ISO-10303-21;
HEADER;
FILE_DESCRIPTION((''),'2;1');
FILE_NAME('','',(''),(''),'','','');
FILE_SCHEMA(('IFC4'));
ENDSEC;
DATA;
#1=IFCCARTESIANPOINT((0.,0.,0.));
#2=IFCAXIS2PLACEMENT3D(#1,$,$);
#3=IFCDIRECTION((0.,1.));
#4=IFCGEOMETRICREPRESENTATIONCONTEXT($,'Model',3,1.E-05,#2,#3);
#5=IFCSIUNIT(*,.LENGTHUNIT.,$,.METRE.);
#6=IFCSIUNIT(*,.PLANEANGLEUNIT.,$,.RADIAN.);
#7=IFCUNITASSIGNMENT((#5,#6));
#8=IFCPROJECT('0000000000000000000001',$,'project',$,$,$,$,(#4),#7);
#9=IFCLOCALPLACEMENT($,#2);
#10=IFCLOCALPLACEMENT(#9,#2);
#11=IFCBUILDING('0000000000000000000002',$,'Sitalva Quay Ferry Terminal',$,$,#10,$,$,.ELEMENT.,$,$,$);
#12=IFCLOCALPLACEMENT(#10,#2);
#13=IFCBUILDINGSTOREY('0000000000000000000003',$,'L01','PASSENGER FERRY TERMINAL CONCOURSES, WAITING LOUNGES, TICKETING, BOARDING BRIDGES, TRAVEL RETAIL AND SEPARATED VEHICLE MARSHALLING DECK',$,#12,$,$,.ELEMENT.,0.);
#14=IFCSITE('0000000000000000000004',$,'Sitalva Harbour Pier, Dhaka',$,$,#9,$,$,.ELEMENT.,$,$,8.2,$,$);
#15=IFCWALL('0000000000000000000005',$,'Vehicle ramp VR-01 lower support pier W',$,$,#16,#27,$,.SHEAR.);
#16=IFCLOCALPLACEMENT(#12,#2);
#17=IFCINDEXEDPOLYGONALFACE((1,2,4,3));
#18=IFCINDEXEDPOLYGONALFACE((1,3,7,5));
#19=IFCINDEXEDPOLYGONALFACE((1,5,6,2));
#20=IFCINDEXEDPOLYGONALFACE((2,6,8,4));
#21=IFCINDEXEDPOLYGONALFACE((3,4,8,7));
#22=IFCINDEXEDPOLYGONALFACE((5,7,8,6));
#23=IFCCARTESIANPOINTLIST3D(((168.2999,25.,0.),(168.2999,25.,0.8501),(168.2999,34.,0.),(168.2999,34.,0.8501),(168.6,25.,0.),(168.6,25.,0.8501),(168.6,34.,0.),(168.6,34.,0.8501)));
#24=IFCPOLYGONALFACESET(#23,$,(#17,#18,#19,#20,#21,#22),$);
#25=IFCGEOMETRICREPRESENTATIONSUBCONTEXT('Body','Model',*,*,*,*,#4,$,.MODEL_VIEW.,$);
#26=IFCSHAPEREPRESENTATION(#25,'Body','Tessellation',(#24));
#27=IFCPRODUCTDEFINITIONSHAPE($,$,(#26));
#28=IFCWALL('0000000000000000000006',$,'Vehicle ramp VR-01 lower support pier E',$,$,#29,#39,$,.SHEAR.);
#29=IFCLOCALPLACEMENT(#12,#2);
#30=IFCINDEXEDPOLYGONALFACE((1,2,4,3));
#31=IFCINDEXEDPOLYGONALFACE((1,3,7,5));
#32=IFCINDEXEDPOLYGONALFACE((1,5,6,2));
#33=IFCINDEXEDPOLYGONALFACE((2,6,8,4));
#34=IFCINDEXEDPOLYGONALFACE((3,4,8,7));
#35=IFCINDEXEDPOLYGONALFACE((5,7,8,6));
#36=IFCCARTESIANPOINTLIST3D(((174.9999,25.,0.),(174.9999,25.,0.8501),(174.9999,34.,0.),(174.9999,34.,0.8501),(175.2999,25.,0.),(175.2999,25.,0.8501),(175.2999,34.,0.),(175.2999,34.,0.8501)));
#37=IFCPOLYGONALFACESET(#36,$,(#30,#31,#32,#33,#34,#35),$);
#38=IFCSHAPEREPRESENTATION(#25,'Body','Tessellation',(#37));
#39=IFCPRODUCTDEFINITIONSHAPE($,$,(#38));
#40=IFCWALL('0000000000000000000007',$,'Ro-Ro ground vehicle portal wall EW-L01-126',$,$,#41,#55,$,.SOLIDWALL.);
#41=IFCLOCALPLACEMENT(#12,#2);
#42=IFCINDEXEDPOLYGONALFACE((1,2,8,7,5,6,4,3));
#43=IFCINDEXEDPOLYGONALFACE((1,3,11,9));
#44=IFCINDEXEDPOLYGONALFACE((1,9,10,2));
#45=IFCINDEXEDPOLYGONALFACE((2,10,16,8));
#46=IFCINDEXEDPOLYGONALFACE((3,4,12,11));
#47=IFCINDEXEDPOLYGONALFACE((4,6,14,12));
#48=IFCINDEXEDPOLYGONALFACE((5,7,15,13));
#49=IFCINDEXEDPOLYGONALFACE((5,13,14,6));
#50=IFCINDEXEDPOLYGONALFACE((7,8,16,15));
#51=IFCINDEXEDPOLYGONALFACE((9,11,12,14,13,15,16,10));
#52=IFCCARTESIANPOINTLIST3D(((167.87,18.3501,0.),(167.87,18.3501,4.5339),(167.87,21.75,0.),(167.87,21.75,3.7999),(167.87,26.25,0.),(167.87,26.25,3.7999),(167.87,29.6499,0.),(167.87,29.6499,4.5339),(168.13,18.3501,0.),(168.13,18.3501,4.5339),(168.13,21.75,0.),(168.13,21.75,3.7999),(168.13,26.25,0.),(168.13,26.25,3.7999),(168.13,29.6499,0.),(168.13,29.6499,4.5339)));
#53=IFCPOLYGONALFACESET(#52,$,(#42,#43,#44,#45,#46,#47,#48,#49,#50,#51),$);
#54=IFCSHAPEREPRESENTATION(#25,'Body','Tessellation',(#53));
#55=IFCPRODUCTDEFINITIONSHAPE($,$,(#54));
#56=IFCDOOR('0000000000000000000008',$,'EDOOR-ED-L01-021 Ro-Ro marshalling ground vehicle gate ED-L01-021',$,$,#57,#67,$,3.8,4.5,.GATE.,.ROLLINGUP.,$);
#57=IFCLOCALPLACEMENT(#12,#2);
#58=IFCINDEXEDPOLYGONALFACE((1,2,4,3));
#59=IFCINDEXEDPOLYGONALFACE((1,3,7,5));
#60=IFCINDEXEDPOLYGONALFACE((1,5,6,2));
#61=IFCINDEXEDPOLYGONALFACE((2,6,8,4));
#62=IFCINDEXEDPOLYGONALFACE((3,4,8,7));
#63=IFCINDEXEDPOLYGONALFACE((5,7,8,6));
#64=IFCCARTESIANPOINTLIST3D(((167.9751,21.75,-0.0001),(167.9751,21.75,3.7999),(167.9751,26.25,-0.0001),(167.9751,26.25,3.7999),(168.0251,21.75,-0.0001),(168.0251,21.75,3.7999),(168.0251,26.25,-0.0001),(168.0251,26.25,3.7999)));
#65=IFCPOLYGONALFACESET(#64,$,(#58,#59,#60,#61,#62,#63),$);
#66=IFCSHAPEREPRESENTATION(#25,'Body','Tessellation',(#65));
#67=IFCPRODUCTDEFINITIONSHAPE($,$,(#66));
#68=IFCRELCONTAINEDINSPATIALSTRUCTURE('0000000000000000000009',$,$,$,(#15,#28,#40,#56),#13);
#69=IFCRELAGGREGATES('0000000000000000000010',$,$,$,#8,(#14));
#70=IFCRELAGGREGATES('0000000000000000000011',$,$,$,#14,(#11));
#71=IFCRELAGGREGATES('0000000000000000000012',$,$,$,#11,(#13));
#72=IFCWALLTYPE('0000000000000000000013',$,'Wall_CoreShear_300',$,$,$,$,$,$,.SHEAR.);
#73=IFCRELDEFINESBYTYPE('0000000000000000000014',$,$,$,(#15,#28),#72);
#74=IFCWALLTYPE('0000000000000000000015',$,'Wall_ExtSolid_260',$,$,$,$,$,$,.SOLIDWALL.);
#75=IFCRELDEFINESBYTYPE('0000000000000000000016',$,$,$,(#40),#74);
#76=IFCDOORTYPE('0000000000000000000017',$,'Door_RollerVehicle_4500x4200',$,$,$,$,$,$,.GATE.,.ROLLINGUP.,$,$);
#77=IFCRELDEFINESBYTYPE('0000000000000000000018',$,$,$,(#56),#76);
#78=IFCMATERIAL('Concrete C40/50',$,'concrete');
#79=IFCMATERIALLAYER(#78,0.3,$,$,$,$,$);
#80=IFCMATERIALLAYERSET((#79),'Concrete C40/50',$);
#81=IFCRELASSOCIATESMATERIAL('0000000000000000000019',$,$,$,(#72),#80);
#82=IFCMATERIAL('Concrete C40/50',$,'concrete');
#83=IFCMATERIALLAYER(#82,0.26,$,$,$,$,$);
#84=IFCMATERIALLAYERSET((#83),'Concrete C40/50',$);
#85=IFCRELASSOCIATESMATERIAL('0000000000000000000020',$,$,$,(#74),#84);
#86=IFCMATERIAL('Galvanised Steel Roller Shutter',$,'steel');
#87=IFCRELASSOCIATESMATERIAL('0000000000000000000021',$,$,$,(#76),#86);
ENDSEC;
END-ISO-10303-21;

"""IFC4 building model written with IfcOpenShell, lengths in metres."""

from ifc_helpers import new_model, si_unit, direction, frame, frame_2d, origin, place, context, subcontext, project, spatial, rectangle, extrude, material, layer, layer_set, type_object, element, fill, save


model = new_model("IFC4")

# Units and contexts
model_context = context("Model", 3, precision=1e-05, world=origin(), true_north=direction((0.0, 1.0)))
body_context = subcontext(model_context, "Body", "Model", "MODEL_VIEW")
ifc_project = project(units=[si_unit("LENGTHUNIT", "METRE"), si_unit("PLANEANGLEUNIT", "RADIAN")], contexts=[model_context])

# Site, building, storey
site_placement = place(None, origin())
site = spatial("IfcSite", under=ifc_project, at=site_placement, Name="Sitalva Harbour Pier, Dhaka", CompositionType="ELEMENT", RefElevation=8.2)
building_placement = place(site_placement, origin())
building = spatial("IfcBuilding", under=site, at=building_placement, Name="Sitalva Quay Ferry Terminal", CompositionType="ELEMENT")
storey_placement = place(building_placement, origin())
storey = spatial("IfcBuildingStorey", under=building, at=storey_placement, Name="L01", Description="PASSENGER FERRY TERMINAL CONCOURSES, WAITING LOUNGES, TICKETING, BOARDING BRIDGES, TRAVEL RETAIL AND SEPARATED VEHICLE MARSHALLING DECK", CompositionType="ELEMENT", Elevation=0.0)

# Walls
ifc_material_1 = material(Name="Concrete C40/50", Category="concrete")
ifc_layer_1 = layer(ifc_material_1, 0.3)
ifc_layer_set_1 = layer_set([ifc_layer_1], Name="Concrete C40/50")
wall_type_1 = type_object("IfcWallType", Name="Wall_CoreShear_300", PredefinedType="SHEAR", material=ifc_layer_set_1)
for number, where, z_axis, x_axis, name in (
    (1, (168.45, 25.0, 0.0), (0.0, 0.0, 1.0), (0.0, 1.0, 0.0), "Vehicle ramp VR-01 lower support pier W"),
    (2, (175.1499, 25.0, 0.0), (0.0, 0.0, 1.0), (0.0, 1.0, 0.0), "Vehicle ramp VR-01 lower support pier E"),
):
    element("IfcWall", number, at=place(storey_placement, frame(where, z_axis=z_axis, x_axis=x_axis)), inside=storey, type_object=wall_type_1, Name=name, PredefinedType="SHEAR", context=body_context, shape_type="SweptSolid", body=[
        extrude(rectangle(XDim=9.0, YDim=0.3, at=frame_2d((4.5, 0.0))), origin(), (0.0, 0.0, 1.0), 0.8501),
    ])

# Wall, opening, door
ifc_material_2 = material(Name="Concrete C40/50", Category="concrete")
ifc_layer_2 = layer(ifc_material_2, 0.26)
ifc_layer_set_2 = layer_set([ifc_layer_2], Name="Concrete C40/50")
wall_type_2 = type_object("IfcWallType", Name="Wall_ExtSolid_260", PredefinedType="SOLIDWALL", material=ifc_layer_set_2)
wall_placement = place(storey_placement, frame((168.0, 18.3501, 0.0), z_axis=(0.0, 0.0, 1.0), x_axis=(0.0, 1.0, 0.0)))
wall = element("IfcWall", 3, at=wall_placement, inside=storey, type_object=wall_type_2, Name="Ro-Ro ground vehicle portal wall EW-L01-126", PredefinedType="SOLIDWALL", context=body_context, shape_type="SweptSolid", body=[
    extrude(rectangle(XDim=11.2998, YDim=0.26, at=frame_2d((5.6499, 0.0))), origin(), (0.0, 0.0, 1.0), 4.5339),
])
opening_placement = place(wall_placement, frame((3.3999, 0.0, 0.0)))
opening = element("IfcOpeningElement", 4, at=opening_placement, cuts=wall, PredefinedType="OPENING", context=body_context, shape_type="SweptSolid", body=[
    extrude(rectangle(XDim=4.5, YDim=3.8, at=frame_2d((2.25, 1.8999))), frame((0.0, 0.1399, 0.0), z_axis=(0.0, -1.0, 0.0), x_axis=(1.0, 0.0, 0.0)), (0.0, 0.0, 1.0), 0.28),
])
ifc_material_3 = material(Name="Galvanised Steel Roller Shutter", Category="steel")
door_type = type_object("IfcDoorType", Name="Door_RollerVehicle_4500x4200", OperationType="ROLLINGUP", PredefinedType="GATE", material=ifc_material_3)
door_placement = place(opening_placement, origin())
door = element("IfcDoor", 5, at=door_placement, inside=storey, type_object=door_type, Name="EDOOR-ED-L01-021 Ro-Ro marshalling ground vehicle gate ED-L01-021", OperationType="ROLLINGUP", OverallHeight=3.8, OverallWidth=4.5, PredefinedType="GATE", context=body_context, shape_type="SweptSolid", body=[
    extrude(rectangle(XDim=4.5, YDim=3.8, at=frame_2d((2.25, 1.8999))), frame((0.0, 0.0249, 0.0), z_axis=(0.0, -1.0, 0.0), x_axis=(1.0, 0.0, 0.0)), (0.0, 0.0, 1.0), 0.05),
])
fill(opening, door)

save(model, "model.ifc")
